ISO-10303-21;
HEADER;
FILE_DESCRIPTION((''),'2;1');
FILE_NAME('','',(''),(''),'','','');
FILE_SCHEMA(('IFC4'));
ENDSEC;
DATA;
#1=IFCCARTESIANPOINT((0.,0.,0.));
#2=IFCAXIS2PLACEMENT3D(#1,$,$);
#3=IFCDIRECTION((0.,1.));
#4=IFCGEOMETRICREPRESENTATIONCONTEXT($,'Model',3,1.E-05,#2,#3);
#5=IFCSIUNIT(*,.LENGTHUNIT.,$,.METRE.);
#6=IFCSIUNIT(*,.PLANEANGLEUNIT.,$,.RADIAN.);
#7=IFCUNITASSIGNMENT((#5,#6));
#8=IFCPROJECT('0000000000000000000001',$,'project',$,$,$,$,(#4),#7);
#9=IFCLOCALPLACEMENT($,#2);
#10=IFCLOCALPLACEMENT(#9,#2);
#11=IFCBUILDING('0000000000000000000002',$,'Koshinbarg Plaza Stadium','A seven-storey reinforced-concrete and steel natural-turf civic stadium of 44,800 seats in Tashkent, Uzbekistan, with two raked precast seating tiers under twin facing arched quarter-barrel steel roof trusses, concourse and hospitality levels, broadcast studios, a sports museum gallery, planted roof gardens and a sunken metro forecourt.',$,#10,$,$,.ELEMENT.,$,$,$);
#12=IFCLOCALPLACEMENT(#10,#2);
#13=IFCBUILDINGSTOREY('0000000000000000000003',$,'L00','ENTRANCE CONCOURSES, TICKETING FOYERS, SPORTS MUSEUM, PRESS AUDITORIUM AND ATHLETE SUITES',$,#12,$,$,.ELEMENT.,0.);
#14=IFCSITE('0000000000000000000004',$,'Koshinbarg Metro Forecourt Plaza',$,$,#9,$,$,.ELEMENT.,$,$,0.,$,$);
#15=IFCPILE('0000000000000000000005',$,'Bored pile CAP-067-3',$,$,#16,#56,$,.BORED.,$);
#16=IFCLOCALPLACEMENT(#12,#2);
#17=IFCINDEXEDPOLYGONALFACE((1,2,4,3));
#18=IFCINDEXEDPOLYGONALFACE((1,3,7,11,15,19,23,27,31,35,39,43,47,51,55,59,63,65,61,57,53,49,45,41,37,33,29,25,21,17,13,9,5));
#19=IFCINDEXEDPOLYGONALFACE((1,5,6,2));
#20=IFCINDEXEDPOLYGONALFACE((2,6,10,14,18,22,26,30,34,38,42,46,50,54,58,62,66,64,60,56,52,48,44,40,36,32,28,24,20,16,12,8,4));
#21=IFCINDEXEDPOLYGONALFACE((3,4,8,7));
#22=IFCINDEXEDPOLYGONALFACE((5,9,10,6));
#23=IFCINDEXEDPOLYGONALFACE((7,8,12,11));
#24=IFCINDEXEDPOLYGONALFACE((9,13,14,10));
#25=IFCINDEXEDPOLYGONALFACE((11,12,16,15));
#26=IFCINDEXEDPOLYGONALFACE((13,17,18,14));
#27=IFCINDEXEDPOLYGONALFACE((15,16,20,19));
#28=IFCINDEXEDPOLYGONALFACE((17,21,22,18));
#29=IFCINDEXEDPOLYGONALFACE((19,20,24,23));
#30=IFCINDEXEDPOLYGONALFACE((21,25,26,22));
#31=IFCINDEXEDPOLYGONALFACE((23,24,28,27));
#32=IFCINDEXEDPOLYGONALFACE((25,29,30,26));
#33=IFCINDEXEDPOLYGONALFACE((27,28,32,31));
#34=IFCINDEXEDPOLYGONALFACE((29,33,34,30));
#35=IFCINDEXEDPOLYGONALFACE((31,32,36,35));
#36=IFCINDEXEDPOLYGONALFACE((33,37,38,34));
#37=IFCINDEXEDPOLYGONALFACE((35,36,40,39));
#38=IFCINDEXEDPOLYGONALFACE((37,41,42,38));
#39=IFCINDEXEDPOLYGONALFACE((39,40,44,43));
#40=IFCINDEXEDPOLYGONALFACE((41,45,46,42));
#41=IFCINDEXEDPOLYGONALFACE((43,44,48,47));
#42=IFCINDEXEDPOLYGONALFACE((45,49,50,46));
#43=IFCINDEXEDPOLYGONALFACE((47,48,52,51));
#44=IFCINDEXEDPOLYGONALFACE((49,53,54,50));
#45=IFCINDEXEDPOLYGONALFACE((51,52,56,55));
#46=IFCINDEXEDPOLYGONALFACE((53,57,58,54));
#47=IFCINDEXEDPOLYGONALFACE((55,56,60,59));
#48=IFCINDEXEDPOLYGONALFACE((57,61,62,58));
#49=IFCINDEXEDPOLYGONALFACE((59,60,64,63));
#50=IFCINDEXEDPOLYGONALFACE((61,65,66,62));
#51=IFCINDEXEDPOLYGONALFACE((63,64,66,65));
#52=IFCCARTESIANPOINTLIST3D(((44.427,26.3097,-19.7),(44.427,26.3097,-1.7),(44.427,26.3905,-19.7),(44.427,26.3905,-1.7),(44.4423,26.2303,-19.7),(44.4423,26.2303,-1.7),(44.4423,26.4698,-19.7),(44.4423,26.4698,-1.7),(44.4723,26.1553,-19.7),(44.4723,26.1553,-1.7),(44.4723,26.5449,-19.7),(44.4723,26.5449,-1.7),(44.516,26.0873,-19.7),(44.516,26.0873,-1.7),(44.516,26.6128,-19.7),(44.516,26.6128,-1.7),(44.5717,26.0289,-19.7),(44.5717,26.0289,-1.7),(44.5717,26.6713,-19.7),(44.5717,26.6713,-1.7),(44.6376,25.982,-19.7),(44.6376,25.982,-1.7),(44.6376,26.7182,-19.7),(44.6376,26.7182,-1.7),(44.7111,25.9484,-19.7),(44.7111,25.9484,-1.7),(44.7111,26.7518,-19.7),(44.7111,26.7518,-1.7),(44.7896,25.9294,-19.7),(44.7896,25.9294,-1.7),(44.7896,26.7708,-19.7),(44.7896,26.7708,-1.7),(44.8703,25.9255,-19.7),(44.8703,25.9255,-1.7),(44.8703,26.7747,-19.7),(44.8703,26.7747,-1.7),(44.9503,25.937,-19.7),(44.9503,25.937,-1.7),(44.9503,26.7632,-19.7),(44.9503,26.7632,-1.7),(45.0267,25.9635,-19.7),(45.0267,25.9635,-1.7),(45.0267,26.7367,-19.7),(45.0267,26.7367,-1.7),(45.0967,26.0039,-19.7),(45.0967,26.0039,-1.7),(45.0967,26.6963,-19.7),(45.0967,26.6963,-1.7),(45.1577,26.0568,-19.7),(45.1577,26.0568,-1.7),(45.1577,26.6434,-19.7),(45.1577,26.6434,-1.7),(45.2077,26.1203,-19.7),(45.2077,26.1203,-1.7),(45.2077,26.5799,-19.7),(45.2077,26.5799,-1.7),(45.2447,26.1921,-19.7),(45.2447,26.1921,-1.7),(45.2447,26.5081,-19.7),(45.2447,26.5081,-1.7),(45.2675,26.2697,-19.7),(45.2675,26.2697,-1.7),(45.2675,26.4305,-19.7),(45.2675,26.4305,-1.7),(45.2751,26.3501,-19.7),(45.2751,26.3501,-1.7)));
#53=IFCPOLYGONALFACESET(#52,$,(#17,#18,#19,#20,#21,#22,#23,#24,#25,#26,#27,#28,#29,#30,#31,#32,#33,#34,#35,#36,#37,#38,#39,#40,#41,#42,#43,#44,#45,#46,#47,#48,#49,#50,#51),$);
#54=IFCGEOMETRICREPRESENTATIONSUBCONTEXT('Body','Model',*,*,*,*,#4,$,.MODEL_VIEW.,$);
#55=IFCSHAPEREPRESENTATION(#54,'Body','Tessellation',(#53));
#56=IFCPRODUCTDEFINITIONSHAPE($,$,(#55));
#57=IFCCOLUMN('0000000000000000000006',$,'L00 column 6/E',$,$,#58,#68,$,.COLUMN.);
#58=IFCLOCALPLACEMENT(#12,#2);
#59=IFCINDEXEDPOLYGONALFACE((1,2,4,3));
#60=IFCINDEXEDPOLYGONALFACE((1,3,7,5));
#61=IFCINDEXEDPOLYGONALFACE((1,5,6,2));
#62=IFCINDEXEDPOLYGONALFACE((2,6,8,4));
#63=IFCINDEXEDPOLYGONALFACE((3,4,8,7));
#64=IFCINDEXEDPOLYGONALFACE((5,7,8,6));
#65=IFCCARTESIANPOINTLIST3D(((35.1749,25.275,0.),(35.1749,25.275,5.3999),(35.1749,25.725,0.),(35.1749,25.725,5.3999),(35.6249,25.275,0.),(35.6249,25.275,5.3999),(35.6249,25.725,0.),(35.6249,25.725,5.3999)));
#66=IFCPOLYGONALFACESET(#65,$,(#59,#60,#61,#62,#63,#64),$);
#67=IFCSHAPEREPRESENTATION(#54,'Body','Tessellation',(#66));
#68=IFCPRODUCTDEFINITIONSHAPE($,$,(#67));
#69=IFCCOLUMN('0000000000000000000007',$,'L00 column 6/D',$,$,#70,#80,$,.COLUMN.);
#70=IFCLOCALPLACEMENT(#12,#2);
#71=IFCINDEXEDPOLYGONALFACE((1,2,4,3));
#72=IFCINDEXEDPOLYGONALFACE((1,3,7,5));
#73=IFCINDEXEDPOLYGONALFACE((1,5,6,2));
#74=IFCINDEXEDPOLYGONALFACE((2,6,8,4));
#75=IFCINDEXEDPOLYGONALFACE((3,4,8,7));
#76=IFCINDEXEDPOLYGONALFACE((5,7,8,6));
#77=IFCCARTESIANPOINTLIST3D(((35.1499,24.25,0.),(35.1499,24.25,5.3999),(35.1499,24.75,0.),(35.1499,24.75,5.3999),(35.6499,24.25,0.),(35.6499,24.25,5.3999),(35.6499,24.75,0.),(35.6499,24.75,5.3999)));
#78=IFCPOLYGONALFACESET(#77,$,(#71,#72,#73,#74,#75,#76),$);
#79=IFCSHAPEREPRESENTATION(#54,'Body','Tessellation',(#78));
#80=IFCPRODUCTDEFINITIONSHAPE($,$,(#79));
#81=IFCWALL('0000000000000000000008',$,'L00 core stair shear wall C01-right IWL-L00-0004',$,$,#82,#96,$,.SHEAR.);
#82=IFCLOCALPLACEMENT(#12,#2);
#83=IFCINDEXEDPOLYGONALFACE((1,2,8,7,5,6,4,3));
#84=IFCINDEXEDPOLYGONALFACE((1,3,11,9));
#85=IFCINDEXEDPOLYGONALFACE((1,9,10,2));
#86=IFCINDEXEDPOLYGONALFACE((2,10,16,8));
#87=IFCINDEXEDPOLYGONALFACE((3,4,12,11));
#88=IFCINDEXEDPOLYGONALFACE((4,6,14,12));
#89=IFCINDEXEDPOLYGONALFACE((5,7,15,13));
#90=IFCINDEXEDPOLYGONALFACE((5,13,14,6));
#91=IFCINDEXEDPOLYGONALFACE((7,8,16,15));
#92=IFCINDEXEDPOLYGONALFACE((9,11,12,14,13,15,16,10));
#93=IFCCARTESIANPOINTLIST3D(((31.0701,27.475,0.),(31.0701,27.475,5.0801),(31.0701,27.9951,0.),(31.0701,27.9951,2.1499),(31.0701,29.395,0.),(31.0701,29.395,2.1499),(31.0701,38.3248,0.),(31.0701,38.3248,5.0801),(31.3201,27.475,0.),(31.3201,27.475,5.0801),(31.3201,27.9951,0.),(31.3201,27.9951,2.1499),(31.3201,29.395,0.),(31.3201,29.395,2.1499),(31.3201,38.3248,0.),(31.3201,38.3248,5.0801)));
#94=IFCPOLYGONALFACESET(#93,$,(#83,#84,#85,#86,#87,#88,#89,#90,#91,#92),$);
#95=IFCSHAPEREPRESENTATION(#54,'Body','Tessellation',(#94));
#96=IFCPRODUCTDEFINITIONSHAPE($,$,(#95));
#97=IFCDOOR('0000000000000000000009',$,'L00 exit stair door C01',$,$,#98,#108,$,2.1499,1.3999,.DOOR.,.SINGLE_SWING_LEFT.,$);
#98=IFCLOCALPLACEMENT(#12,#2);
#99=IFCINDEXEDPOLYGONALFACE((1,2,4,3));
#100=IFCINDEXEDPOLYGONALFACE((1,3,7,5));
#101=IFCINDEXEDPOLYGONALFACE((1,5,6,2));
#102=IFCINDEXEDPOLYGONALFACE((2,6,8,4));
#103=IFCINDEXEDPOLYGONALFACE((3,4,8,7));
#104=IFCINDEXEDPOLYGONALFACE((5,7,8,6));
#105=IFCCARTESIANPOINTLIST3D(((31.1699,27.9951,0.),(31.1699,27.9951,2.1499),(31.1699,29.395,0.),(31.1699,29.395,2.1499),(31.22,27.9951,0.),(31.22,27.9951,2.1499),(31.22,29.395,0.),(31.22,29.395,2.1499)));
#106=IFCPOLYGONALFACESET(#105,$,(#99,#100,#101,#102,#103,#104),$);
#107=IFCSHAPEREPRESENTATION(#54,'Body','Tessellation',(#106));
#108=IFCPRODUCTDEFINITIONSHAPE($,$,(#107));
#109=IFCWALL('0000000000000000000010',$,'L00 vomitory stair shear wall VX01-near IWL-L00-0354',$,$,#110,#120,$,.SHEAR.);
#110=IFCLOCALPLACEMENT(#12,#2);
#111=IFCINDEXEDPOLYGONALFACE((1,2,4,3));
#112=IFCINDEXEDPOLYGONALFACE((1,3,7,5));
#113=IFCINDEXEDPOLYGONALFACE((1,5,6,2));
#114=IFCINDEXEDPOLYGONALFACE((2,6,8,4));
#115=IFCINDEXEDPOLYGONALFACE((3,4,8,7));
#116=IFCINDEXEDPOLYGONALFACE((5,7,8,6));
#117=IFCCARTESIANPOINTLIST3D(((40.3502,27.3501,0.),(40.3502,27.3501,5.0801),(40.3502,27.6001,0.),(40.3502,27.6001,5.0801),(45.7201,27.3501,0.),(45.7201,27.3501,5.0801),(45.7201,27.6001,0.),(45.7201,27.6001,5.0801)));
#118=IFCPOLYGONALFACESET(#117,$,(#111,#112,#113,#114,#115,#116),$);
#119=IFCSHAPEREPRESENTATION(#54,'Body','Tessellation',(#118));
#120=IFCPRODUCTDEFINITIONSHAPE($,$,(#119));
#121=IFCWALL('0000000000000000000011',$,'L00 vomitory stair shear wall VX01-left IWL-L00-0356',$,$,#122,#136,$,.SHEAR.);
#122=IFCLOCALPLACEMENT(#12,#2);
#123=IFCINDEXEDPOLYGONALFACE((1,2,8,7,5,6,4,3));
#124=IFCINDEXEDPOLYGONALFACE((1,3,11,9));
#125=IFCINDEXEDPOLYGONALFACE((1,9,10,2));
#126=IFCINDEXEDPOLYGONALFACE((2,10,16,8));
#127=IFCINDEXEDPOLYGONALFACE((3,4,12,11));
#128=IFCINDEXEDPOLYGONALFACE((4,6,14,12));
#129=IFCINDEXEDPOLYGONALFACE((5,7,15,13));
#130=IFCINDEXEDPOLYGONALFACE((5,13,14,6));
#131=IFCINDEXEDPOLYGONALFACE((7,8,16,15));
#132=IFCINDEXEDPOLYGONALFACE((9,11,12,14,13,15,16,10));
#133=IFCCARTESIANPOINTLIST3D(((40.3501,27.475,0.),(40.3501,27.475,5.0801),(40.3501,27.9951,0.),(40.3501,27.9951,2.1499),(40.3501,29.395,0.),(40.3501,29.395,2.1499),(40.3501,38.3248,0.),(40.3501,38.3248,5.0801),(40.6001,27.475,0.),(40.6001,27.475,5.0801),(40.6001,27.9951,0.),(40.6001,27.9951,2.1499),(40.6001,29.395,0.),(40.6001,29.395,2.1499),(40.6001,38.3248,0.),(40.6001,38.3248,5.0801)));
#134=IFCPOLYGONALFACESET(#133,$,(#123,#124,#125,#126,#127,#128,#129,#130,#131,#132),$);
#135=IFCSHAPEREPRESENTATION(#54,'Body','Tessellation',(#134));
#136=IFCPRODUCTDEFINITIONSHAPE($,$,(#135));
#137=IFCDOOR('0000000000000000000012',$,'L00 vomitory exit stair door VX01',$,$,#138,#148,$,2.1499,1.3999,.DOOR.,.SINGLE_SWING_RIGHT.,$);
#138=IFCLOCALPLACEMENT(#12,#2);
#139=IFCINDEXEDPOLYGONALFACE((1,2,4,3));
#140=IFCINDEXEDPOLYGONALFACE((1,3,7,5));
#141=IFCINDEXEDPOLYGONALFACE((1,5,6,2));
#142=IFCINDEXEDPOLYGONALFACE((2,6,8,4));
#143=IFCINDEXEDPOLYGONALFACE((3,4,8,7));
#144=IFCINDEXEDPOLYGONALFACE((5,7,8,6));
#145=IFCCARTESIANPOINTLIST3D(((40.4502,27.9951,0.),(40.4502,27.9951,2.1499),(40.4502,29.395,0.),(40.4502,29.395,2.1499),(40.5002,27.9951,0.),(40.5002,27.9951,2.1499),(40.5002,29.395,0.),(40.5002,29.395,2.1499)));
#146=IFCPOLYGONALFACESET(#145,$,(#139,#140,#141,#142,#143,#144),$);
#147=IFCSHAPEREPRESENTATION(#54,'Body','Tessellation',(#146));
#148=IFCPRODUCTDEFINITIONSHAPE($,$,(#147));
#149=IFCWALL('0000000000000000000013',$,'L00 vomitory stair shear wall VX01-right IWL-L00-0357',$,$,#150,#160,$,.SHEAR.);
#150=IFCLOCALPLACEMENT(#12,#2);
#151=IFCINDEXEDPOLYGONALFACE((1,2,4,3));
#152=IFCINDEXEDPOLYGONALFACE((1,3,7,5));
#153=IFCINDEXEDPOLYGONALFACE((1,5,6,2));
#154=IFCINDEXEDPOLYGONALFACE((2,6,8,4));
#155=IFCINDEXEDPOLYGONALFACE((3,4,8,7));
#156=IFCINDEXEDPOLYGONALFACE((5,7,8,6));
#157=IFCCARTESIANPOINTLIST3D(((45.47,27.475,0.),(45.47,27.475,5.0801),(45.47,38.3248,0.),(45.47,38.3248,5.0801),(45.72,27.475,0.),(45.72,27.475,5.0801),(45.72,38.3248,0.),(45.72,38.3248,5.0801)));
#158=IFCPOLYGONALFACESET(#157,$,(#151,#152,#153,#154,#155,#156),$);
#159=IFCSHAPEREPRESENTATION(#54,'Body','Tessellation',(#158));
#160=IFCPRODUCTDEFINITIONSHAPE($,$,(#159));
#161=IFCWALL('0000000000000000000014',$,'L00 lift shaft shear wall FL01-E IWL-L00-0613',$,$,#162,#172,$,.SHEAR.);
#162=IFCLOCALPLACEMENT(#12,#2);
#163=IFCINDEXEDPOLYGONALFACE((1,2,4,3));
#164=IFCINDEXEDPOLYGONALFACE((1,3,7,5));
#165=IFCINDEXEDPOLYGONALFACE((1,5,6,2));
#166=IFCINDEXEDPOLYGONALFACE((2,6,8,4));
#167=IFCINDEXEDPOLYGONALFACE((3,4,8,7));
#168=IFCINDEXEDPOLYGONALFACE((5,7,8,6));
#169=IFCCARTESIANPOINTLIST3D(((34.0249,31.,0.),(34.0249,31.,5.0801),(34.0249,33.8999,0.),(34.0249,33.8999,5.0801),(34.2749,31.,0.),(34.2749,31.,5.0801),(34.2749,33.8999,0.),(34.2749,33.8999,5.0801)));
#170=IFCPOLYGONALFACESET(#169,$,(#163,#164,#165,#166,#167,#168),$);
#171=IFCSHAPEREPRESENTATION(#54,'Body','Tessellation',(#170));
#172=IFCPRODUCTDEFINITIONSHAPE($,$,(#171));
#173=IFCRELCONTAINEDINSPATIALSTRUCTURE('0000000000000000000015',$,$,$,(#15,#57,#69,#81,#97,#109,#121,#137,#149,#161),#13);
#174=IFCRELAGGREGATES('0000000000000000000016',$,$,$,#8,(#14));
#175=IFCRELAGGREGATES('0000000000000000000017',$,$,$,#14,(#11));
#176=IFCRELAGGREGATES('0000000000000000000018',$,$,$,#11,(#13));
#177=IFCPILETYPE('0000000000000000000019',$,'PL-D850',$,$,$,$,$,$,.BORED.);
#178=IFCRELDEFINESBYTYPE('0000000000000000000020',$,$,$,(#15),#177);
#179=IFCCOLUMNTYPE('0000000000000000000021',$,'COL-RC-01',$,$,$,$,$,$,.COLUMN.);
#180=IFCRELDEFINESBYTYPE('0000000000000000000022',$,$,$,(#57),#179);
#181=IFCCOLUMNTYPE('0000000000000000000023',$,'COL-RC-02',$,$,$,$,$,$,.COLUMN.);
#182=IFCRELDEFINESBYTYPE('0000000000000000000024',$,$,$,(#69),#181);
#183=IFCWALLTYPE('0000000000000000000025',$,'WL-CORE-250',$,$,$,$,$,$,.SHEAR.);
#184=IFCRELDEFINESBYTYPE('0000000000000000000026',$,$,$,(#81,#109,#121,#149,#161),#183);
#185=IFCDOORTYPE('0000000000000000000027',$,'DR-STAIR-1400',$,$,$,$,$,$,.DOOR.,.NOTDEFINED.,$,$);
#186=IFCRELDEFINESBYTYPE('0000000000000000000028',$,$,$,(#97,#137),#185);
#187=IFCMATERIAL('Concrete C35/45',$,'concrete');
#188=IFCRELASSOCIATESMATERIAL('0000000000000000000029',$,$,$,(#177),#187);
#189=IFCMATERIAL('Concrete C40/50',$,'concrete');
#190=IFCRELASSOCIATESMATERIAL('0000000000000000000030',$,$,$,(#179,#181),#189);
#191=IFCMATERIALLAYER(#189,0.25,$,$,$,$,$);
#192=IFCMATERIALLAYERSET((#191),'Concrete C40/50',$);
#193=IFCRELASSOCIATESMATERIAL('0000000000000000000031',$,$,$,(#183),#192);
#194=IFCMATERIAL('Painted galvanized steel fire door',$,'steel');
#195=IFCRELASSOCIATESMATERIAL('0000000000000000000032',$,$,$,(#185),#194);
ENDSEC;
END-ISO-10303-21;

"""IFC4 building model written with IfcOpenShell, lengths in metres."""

from ifc_helpers import new_model, si_unit, direction, frame, frame_2d, origin, origin_2d, place, context, subcontext, project, spatial, rectangle, circle, extrude, material, layer, layer_set, material_profile, profile_set, type_object, element, fill, save


model = new_model("IFC4")

# Units and contexts
model_context = context("Model", 3, precision=1e-05, world=origin(), true_north=direction((0.0, 1.0)))
body_context = subcontext(model_context, "Body", "Model", "MODEL_VIEW")
ifc_project = project(units=[si_unit("LENGTHUNIT", "METRE"), si_unit("PLANEANGLEUNIT", "RADIAN")], contexts=[model_context])

# Site, building, storey
site_placement = place(None, origin())
site = spatial("IfcSite", under=ifc_project, at=site_placement, Name="Koshinbarg Metro Forecourt Plaza", CompositionType="ELEMENT", RefElevation=0.0)
building_placement = place(site_placement, origin())
building = spatial("IfcBuilding", under=site, at=building_placement, Name="Koshinbarg Plaza Stadium", Description="A seven-storey reinforced-concrete and steel natural-turf civic stadium of 44,800 seats in Tashkent, Uzbekistan, with two raked precast seating tiers under twin facing arched quarter-barrel steel roof trusses, concourse and hospitality levels, broadcast studios, a sports museum gallery, planted roof gardens and a sunken metro forecourt.", CompositionType="ELEMENT")
storey_placement = place(building_placement, origin())
storey = spatial("IfcBuildingStorey", under=building, at=storey_placement, Name="L00", Description="ENTRANCE CONCOURSES, TICKETING FOYERS, SPORTS MUSEUM, PRESS AUDITORIUM AND ATHLETE SUITES", CompositionType="ELEMENT", Elevation=0.0)

# Shared definitions
ifc_material_1 = material(Name="Concrete C35/45", Category="concrete")

# Pile
ifc_material_profile_1 = material_profile(ifc_material_1, circle(Radius=0.425, at=origin_2d()), Name="PILE D850")
ifc_profile_set_1 = profile_set([ifc_material_profile_1], Name="Concrete C35/45")
pile_type_1 = type_object("IfcPileType", Name="PL-D850", PredefinedType="BORED", material=ifc_profile_set_1)
for number, where, z_axis, x_axis, name in (
    (1, (44.8501, 26.3501, -1.7), (0.0, 0.0, -1.0), (1.0, 0.0, 0.0), "Bored pile CAP-067-3"),
):
    element("IfcPile", number, at=place(storey_placement, frame(where, z_axis=z_axis, x_axis=x_axis)), inside=storey, type_object=pile_type_1, Name=name, PredefinedType="BORED", context=body_context, shape_type="SweptSolid", body=[
        extrude(circle(Radius=0.425, at=origin_2d()), origin(), (0.0, 0.0, 1.0), 18.0),
    ])

# Columns
ifc_material_2 = material(Name="Concrete C40/50", Category="concrete")
ifc_material_profile_2 = material_profile(ifc_material_2, rectangle(XDim=0.45, YDim=0.45, at=origin_2d()), Name="RC 450x450")
ifc_profile_set_2 = profile_set([ifc_material_profile_2], Name="Concrete C40/50")
column_type_1 = type_object("IfcColumnType", Name="COL-RC-01", PredefinedType="COLUMN", material=ifc_profile_set_2)
column_1_placement = place(storey_placement, frame((35.3999, 25.5, 0.0), z_axis=(0.0, 0.0, 1.0), x_axis=(1.0, 0.0, 0.0)))
element("IfcColumn", 2, at=column_1_placement, inside=storey, type_object=column_type_1, Name="L00 column 6/E", PredefinedType="COLUMN", context=body_context, shape_type="SweptSolid", body=[
    extrude(rectangle(XDim=0.45, YDim=0.45, at=origin_2d()), origin(), (0.0, 0.0, 1.0), 5.3999),
])
ifc_material_profile_3 = material_profile(ifc_material_2, rectangle(XDim=0.5, YDim=0.5, at=origin_2d()), Name="RC 500x500")
ifc_profile_set_3 = profile_set([ifc_material_profile_3], Name="Concrete C40/50")
column_type_2 = type_object("IfcColumnType", Name="COL-RC-02", PredefinedType="COLUMN", material=ifc_profile_set_3)
column_2_placement = place(storey_placement, frame((35.3999, 24.5, 0.0), z_axis=(0.0, 0.0, 1.0), x_axis=(1.0, 0.0, 0.0)))
element("IfcColumn", 3, at=column_2_placement, inside=storey, type_object=column_type_2, Name="L00 column 6/D", PredefinedType="COLUMN", context=body_context, shape_type="SweptSolid", body=[
    extrude(rectangle(XDim=0.5, YDim=0.5, at=origin_2d()), origin(), (0.0, 0.0, 1.0), 5.3999),
])

# Wall, opening, door
ifc_layer_1 = layer(ifc_material_2, 0.25)
ifc_layer_set_1 = layer_set([ifc_layer_1], Name="Concrete C40/50")
wall_type_1 = type_object("IfcWallType", Name="WL-CORE-250", PredefinedType="SHEAR", material=ifc_layer_set_1)
wall_1_placement = place(storey_placement, frame((31.1951, 27.4751, 0.0), z_axis=(0.0, 0.0, 1.0), x_axis=(0.0, 1.0, 0.0)))
wall_1 = element("IfcWall", 4, at=wall_1_placement, inside=storey, type_object=wall_type_1, Name="L00 core stair shear wall C01-right IWL-L00-0004", PredefinedType="SHEAR", context=body_context, shape_type="SweptSolid", body=[
    extrude(rectangle(XDim=10.8499, YDim=0.25, at=frame_2d((5.4248, 0.0))), origin(), (0.0, 0.0, 1.0), 5.0801),
])
opening_1_placement = place(wall_1_placement, frame((0.52, 0.0, 0.0)))
opening_1 = element("IfcOpeningElement", 5, at=opening_1_placement, cuts=wall_1, PredefinedType="OPENING", context=body_context, shape_type="SweptSolid", body=[
    extrude(rectangle(XDim=1.3999, YDim=2.1499, at=frame_2d((0.7, 1.075))), frame((0.0, 0.135, 0.0), z_axis=(0.0, -1.0, 0.0), x_axis=(1.0, 0.0, 0.0)), (0.0, 0.0, 1.0), 0.27),
])
ifc_material_3 = material(Name="Painted galvanized steel fire door", Category="steel")
door_type_1 = type_object("IfcDoorType", Name="DR-STAIR-1400", OperationType="NOTDEFINED", PredefinedType="DOOR", material=ifc_material_3)
door_1_placement = place(opening_1_placement, frame((1.3999, 0.0, 0.0), z_axis=(0.0, 0.0, 1.0), x_axis=(-1.0, 0.0, 0.0)))
door_1 = element("IfcDoor", 6, at=door_1_placement, inside=storey, type_object=door_type_1, Name="L00 exit stair door C01", OperationType="SINGLE_SWING_LEFT", OverallHeight=2.1499, OverallWidth=1.3999, PredefinedType="DOOR", context=body_context, shape_type="SweptSolid", body=[
    extrude(rectangle(XDim=1.3999, YDim=2.1499, at=frame_2d((0.7, 1.075))), frame((0.0, 0.0249, 0.0), z_axis=(0.0, -1.0, 0.0), x_axis=(1.0, 0.0, 0.0)), (0.0, 0.0, 1.0), 0.05),
])
fill(opening_1, door_1)

# Wall
wall_2_placement = place(storey_placement, frame((40.3501, 27.4751, 0.0), z_axis=(0.0, 0.0, 1.0), x_axis=(1.0, 0.0, 0.0)))
element("IfcWall", 7, at=wall_2_placement, inside=storey, type_object=wall_type_1, Name="L00 vomitory stair shear wall VX01-near IWL-L00-0354", PredefinedType="SHEAR", context=body_context, shape_type="SweptSolid", body=[
    extrude(rectangle(XDim=5.3699, YDim=0.25, at=frame_2d((2.6851, 0.0))), origin(), (0.0, 0.0, 1.0), 5.0801),
])

# Wall, opening, door
wall_3_placement = place(storey_placement, frame((40.4751, 27.4751, 0.0), z_axis=(0.0, 0.0, 1.0), x_axis=(0.0, 1.0, 0.0)))
wall_3 = element("IfcWall", 8, at=wall_3_placement, inside=storey, type_object=wall_type_1, Name="L00 vomitory stair shear wall VX01-left IWL-L00-0356", PredefinedType="SHEAR", context=body_context, shape_type="SweptSolid", body=[
    extrude(rectangle(XDim=10.8499, YDim=0.25, at=frame_2d((5.4248, 0.0))), origin(), (0.0, 0.0, 1.0), 5.0801),
])
opening_2_placement = place(wall_3_placement, frame((0.52, 0.0, 0.0)))
opening_2 = element("IfcOpeningElement", 9, at=opening_2_placement, cuts=wall_3, PredefinedType="OPENING", context=body_context, shape_type="SweptSolid", body=[
    extrude(rectangle(XDim=1.3999, YDim=2.1499, at=frame_2d((0.7, 1.075))), frame((0.0, 0.135, 0.0), z_axis=(0.0, -1.0, 0.0), x_axis=(1.0, 0.0, 0.0)), (0.0, 0.0, 1.0), 0.27),
])
door_2_placement = place(opening_2_placement, origin())
door_2 = element("IfcDoor", 10, at=door_2_placement, inside=storey, type_object=door_type_1, Name="L00 vomitory exit stair door VX01", OperationType="SINGLE_SWING_RIGHT", OverallHeight=2.1499, OverallWidth=1.3999, PredefinedType="DOOR", context=body_context, shape_type="SweptSolid", body=[
    extrude(rectangle(XDim=1.3999, YDim=2.1499, at=frame_2d((0.7, 1.075))), frame((0.0, 0.0249, 0.0), z_axis=(0.0, -1.0, 0.0), x_axis=(1.0, 0.0, 0.0)), (0.0, 0.0, 1.0), 0.05),
])
fill(opening_2, door_2)

# Wall
wall_4_placement = place(storey_placement, frame((45.595, 27.4751, 0.0), z_axis=(0.0, 0.0, 1.0), x_axis=(0.0, 1.0, 0.0)))
element("IfcWall", 11, at=wall_4_placement, inside=storey, type_object=wall_type_1, Name="L00 vomitory stair shear wall VX01-right IWL-L00-0357", PredefinedType="SHEAR", context=body_context, shape_type="SweptSolid", body=[
    extrude(rectangle(XDim=10.8499, YDim=0.25, at=frame_2d((5.4248, 0.0))), origin(), (0.0, 0.0, 1.0), 5.0801),
])

# Wall
wall_5_placement = place(storey_placement, frame((34.1499, 31.0, 0.0), z_axis=(0.0, 0.0, 1.0), x_axis=(0.0, 1.0, 0.0)))
element("IfcWall", 12, at=wall_5_placement, inside=storey, type_object=wall_type_1, Name="L00 lift shaft shear wall FL01-E IWL-L00-0613", PredefinedType="SHEAR", context=body_context, shape_type="SweptSolid", body=[
    extrude(rectangle(XDim=2.8999, YDim=0.25, at=frame_2d((1.45, 0.0))), origin(), (0.0, 0.0, 1.0), 5.0801),
])

save(model, "model.ifc")
